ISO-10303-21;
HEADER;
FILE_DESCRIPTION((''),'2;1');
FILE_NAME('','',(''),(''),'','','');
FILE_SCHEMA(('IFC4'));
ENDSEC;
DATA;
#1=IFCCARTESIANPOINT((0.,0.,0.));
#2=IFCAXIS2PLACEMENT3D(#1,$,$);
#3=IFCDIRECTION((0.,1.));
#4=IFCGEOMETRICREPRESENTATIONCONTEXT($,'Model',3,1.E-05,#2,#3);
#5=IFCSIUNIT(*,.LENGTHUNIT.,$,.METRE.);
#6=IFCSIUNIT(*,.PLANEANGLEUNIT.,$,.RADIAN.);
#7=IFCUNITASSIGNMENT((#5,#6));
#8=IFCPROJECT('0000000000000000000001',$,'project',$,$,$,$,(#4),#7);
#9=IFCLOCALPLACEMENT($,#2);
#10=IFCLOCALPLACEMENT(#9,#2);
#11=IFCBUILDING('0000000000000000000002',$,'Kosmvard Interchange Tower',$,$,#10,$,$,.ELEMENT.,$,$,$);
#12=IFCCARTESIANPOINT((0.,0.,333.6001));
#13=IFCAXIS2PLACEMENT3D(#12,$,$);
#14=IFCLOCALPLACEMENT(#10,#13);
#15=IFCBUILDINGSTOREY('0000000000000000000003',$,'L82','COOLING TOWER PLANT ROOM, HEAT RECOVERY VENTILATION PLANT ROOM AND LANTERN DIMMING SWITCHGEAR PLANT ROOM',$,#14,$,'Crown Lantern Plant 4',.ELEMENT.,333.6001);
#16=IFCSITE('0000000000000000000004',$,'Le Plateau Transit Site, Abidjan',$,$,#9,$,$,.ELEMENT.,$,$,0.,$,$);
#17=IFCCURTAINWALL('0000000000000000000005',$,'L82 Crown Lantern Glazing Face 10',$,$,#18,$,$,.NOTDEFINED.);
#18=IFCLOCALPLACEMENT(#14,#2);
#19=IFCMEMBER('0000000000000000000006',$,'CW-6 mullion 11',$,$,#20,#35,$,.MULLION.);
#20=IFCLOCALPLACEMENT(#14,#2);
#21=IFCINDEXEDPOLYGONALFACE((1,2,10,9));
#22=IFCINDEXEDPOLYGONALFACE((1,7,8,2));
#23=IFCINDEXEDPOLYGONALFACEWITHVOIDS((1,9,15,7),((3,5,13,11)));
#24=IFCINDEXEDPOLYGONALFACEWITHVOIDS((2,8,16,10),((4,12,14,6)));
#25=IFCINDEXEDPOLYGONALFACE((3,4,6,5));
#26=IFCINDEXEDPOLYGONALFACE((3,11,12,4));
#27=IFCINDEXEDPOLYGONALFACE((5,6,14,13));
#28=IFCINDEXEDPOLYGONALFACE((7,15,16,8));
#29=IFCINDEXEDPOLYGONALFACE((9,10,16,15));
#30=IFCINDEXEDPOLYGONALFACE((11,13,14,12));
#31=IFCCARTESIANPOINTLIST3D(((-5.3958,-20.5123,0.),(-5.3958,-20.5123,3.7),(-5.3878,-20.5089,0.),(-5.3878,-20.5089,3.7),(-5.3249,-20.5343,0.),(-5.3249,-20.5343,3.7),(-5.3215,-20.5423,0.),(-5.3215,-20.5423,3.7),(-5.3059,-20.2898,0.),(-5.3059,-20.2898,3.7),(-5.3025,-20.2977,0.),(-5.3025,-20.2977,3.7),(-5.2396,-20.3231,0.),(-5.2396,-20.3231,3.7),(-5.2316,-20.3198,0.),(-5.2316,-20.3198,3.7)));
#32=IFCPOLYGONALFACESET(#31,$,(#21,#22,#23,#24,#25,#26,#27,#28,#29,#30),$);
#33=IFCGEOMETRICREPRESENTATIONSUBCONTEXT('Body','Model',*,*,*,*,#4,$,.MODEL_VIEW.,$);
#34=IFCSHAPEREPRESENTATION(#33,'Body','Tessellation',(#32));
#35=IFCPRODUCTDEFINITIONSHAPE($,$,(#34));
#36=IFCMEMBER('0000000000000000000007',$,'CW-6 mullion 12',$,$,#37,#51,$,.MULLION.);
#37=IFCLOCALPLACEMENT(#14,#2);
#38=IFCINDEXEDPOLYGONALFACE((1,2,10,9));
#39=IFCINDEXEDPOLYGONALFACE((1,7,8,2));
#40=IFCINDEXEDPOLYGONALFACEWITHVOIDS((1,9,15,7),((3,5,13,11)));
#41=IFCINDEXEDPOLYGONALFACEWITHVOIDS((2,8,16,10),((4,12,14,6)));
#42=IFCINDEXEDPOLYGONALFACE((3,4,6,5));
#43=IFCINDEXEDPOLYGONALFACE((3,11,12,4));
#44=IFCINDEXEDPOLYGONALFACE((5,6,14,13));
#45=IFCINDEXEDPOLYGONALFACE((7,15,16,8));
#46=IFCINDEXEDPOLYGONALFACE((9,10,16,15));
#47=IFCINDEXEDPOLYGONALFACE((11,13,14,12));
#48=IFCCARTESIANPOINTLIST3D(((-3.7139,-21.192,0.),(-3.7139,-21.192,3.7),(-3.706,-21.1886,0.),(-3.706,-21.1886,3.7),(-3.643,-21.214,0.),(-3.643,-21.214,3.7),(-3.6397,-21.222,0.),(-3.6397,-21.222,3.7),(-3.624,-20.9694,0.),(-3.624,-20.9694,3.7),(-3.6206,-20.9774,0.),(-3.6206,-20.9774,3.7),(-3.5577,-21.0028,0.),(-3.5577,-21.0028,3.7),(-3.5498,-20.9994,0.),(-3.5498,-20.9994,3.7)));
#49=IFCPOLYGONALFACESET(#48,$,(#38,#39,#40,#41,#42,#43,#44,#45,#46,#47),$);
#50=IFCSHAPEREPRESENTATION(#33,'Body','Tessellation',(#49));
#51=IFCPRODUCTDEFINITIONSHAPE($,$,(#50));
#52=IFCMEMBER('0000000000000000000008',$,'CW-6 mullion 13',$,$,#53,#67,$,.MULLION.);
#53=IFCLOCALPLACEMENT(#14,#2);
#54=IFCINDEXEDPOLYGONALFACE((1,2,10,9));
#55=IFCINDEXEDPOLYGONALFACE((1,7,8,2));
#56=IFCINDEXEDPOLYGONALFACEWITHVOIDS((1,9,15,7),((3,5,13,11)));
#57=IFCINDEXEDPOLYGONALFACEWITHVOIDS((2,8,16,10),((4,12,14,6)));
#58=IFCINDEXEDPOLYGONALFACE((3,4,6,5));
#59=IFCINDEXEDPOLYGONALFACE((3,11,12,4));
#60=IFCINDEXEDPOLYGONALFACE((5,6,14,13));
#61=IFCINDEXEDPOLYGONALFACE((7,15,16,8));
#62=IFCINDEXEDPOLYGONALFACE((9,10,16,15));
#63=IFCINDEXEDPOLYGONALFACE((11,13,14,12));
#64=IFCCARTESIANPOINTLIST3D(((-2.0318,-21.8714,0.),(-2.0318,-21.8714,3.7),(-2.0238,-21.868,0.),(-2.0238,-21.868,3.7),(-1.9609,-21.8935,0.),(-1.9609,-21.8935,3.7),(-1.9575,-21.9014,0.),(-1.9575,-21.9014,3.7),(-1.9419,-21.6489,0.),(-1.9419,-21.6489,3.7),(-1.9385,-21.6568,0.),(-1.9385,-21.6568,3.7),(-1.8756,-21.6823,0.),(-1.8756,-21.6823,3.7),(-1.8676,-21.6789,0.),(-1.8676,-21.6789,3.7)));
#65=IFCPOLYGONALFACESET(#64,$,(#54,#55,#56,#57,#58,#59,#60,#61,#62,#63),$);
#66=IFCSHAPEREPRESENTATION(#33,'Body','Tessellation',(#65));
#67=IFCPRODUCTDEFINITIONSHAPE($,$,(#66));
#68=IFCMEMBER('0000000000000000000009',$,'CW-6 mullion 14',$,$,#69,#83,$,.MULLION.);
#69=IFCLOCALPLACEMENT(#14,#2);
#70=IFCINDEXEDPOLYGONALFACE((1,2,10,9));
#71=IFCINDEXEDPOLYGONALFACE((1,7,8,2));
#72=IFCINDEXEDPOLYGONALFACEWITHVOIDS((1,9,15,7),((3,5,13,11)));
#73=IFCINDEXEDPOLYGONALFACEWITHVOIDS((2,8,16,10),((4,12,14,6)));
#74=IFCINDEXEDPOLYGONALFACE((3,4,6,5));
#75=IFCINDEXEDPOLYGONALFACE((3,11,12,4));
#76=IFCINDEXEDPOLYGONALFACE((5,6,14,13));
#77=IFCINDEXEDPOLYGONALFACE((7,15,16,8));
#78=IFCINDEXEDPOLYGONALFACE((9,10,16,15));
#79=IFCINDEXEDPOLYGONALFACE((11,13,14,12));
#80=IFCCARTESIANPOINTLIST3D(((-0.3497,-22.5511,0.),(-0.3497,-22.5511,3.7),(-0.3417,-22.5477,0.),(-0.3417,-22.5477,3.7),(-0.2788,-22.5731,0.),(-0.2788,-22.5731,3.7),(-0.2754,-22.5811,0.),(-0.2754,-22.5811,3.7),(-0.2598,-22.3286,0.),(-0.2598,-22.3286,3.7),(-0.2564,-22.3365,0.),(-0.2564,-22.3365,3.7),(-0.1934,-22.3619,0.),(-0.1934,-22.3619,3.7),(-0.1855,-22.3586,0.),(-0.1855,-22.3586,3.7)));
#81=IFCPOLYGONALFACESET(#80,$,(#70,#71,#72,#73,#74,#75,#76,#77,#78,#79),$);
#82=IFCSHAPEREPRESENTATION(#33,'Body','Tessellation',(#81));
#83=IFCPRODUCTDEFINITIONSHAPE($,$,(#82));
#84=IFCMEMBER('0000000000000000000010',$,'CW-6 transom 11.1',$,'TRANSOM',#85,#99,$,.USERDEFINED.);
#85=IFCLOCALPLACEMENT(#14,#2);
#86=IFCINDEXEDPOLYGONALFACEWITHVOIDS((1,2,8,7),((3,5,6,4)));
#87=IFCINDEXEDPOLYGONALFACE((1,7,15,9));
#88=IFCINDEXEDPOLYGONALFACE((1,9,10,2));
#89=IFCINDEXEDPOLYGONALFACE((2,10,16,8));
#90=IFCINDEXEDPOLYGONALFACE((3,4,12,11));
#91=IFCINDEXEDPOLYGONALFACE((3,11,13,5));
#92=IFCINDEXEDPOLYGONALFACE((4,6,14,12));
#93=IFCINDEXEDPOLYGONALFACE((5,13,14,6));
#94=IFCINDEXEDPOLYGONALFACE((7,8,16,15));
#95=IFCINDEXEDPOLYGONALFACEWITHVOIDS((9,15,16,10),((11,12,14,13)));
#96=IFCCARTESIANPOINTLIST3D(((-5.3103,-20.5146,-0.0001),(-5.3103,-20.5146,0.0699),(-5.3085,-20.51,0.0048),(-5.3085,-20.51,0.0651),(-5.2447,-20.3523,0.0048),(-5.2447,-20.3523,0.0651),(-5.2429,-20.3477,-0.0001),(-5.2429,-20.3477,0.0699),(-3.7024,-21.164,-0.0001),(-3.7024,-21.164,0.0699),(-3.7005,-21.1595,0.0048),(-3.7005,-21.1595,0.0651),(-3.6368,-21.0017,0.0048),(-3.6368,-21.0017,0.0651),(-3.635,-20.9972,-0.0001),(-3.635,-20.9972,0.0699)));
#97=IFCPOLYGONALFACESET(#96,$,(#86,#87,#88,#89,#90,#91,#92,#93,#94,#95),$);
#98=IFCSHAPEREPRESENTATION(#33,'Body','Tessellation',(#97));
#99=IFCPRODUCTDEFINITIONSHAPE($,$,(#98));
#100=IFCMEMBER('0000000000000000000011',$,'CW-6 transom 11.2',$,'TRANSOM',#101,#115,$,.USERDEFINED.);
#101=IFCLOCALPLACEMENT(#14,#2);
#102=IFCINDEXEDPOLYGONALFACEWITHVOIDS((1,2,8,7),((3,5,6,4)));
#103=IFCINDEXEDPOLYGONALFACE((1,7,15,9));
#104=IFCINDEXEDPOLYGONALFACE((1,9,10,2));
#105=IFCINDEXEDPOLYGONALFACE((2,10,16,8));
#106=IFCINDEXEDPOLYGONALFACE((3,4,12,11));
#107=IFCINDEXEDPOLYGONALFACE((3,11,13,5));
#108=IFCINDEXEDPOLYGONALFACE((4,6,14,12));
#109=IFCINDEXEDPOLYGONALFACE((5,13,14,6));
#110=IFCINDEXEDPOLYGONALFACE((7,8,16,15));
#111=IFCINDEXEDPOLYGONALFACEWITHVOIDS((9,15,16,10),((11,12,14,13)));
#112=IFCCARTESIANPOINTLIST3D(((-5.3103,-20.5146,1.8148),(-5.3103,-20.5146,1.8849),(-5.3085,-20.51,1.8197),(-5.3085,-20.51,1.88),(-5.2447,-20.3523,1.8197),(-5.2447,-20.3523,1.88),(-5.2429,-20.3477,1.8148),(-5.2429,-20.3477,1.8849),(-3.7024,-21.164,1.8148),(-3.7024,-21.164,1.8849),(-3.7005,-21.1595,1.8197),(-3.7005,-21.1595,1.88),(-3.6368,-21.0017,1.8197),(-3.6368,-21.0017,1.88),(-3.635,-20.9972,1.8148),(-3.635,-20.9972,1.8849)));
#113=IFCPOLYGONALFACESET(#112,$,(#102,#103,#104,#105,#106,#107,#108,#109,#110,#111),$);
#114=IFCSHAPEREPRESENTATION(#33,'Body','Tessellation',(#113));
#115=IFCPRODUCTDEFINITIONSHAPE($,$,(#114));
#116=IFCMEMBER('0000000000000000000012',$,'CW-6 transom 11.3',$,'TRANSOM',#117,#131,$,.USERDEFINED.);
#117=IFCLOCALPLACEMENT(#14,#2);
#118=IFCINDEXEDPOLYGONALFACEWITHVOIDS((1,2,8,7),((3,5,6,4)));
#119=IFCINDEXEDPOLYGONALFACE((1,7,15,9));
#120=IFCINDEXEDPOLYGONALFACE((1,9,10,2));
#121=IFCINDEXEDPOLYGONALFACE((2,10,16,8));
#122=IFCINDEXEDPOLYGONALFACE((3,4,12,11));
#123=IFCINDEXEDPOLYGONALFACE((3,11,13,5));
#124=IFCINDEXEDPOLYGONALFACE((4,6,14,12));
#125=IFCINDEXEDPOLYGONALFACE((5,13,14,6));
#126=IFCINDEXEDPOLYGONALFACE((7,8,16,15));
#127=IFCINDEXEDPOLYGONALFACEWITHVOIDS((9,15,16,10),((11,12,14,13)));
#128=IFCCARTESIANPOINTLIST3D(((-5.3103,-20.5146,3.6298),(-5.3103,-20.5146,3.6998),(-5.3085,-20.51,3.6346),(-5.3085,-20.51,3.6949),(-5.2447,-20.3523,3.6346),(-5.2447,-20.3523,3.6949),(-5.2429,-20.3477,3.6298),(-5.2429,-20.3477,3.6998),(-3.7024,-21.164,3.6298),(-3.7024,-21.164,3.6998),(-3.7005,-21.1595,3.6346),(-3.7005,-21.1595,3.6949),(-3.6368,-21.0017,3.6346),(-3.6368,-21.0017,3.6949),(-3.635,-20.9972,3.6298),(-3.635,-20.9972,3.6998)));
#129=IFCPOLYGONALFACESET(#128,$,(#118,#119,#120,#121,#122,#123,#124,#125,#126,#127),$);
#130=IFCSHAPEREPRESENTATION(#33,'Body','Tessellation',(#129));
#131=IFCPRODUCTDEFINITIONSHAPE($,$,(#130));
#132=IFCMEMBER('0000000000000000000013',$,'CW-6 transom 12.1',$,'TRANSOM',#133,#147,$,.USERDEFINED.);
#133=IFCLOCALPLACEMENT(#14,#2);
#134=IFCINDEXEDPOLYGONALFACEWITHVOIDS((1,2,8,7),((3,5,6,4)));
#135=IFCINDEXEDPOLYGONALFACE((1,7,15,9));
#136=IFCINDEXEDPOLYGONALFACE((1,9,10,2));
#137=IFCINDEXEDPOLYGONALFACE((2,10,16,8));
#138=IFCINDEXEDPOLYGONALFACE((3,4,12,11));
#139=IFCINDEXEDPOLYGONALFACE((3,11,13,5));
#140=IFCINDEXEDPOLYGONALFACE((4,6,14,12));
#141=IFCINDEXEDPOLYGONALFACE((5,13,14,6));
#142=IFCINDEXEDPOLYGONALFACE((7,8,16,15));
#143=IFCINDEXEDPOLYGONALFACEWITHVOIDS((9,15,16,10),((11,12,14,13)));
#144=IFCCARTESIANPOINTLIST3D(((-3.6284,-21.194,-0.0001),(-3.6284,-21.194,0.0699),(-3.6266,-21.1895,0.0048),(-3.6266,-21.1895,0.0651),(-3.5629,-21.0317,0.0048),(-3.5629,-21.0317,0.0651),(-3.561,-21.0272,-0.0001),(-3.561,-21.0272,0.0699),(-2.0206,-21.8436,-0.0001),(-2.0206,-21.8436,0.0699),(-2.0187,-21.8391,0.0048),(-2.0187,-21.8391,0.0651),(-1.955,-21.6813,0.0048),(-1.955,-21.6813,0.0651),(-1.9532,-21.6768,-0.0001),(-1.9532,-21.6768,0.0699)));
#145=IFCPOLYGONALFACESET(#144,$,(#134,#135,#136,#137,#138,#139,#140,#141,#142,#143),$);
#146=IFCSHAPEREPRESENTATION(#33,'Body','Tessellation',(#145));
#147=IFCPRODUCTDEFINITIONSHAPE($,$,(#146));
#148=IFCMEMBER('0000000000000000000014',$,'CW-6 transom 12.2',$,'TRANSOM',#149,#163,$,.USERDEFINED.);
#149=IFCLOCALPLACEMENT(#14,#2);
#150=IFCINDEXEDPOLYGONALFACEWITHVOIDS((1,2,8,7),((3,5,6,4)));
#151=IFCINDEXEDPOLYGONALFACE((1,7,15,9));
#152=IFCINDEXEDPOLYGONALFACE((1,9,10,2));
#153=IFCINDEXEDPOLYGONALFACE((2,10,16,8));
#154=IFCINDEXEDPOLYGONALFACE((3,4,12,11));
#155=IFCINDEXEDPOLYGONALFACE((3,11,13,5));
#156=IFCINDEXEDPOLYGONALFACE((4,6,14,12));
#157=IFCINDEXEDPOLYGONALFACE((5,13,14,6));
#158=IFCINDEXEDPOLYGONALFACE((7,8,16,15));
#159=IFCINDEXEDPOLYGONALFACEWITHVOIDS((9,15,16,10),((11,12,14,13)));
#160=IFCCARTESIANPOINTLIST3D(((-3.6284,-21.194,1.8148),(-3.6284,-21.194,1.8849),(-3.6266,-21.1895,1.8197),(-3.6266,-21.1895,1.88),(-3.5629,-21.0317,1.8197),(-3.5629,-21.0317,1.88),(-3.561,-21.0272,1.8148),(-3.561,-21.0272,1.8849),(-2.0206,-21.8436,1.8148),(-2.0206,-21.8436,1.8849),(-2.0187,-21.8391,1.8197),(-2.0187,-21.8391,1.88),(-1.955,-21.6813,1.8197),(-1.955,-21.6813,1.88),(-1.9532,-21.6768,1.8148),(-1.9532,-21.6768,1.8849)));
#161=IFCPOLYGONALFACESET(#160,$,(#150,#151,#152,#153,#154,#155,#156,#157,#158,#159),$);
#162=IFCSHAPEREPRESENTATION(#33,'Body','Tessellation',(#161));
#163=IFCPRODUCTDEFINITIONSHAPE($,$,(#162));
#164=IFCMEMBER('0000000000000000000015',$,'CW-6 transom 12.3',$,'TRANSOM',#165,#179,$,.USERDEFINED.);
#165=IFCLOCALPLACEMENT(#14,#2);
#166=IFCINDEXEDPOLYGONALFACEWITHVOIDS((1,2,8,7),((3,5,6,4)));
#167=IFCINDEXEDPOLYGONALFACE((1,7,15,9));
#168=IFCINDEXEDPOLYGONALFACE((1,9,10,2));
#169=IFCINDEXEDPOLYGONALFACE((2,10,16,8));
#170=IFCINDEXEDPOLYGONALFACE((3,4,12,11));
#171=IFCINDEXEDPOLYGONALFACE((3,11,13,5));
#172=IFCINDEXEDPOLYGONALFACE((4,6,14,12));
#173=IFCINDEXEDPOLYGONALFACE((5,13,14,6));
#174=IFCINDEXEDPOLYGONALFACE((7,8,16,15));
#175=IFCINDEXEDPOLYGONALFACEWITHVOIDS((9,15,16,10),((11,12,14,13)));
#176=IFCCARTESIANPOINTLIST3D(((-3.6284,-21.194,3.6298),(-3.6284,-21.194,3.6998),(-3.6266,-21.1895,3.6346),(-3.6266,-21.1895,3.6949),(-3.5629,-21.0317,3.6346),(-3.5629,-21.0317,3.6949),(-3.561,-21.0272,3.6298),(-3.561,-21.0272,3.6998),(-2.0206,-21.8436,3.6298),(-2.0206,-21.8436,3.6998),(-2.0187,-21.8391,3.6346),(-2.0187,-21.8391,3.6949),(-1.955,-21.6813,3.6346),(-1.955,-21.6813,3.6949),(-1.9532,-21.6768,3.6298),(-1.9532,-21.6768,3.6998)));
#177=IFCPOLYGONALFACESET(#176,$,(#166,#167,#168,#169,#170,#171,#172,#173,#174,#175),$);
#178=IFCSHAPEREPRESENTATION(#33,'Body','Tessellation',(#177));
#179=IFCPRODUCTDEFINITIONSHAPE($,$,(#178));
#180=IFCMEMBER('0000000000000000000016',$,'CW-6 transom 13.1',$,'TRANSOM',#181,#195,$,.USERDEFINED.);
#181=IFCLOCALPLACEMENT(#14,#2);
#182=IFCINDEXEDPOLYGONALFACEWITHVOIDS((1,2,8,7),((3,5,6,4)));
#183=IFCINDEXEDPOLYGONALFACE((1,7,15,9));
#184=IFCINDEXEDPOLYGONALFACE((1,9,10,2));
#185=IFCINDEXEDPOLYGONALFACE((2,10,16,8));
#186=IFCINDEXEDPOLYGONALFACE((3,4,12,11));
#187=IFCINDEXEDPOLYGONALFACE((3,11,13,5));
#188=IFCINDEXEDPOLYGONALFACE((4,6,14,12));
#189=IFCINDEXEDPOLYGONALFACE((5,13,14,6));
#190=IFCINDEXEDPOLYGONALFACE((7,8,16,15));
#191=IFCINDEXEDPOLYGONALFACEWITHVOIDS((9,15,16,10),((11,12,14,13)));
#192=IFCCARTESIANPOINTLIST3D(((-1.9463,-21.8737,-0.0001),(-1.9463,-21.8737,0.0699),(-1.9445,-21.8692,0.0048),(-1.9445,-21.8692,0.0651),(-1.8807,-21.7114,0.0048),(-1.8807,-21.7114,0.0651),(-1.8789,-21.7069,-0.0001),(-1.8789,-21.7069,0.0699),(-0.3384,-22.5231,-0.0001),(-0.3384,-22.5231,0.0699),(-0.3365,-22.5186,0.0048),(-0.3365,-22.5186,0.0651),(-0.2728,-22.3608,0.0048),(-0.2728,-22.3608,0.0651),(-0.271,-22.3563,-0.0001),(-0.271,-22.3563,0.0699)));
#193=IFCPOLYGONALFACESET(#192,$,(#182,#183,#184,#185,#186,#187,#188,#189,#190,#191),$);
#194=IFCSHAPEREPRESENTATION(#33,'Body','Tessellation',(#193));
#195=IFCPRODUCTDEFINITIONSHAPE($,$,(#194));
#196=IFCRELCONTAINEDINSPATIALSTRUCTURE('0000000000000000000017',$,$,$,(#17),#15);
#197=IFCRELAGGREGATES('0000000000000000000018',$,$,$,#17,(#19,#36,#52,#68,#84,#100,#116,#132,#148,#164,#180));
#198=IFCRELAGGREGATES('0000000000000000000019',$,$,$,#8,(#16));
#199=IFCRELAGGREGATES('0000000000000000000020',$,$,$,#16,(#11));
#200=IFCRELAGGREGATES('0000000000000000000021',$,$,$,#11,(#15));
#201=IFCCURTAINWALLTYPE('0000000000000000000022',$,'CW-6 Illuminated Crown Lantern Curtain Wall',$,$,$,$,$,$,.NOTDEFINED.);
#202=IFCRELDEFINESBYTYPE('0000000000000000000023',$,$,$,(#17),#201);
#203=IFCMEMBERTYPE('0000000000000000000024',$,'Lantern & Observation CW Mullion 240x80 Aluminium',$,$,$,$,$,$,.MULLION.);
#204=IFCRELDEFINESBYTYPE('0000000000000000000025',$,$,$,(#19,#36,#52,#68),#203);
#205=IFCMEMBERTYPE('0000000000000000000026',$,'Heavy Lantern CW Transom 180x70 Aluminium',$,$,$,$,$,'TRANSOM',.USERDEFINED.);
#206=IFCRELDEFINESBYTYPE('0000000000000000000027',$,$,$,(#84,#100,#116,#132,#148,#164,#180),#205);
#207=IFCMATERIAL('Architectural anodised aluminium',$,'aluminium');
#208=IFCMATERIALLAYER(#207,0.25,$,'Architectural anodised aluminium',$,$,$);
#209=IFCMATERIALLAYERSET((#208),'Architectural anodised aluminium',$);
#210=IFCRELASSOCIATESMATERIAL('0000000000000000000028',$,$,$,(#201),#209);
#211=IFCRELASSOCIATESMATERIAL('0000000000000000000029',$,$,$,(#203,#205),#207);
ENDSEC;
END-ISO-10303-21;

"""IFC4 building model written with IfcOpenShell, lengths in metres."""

from ifc_helpers import new_model, si_unit, direction, frame, origin, origin_2d, place, context, subcontext, project, spatial, hollow_rectangle, extrude, source, transform, mapped, material, layer, layer_set, material_profile, profile_set, type_object, element, aggregate, save


model = new_model("IFC4")

# Units and contexts
model_context = context("Model", 3, precision=1e-05, world=origin(), true_north=direction((0.0, 1.0)))
body_context = subcontext(model_context, "Body", "Model", "MODEL_VIEW")
ifc_project = project(units=[si_unit("LENGTHUNIT", "METRE"), si_unit("PLANEANGLEUNIT", "RADIAN")], contexts=[model_context])

# Site, building, storey
site_placement = place(None, origin())
site = spatial("IfcSite", under=ifc_project, at=site_placement, Name="Le Plateau Transit Site, Abidjan", CompositionType="ELEMENT", RefElevation=0.0)
building_placement = place(site_placement, origin())
building = spatial("IfcBuilding", under=site, at=building_placement, Name="Kosmvard Interchange Tower", CompositionType="ELEMENT")
storey_placement = place(building_placement, frame((0.0, 0.0, 333.6001)))
storey = spatial("IfcBuildingStorey", under=building, at=storey_placement, Name="L82", Description="COOLING TOWER PLANT ROOM, HEAT RECOVERY VENTILATION PLANT ROOM AND LANTERN DIMMING SWITCHGEAR PLANT ROOM", LongName="Crown Lantern Plant 4", CompositionType="ELEMENT", Elevation=333.6001)

# Curtain wall, members
ifc_material_1 = material(Name="Architectural anodised aluminium", Category="aluminium")
ifc_layer_1 = layer(ifc_material_1, 0.25, Name="Architectural anodised aluminium")
ifc_layer_set_1 = layer_set([ifc_layer_1], Name="Architectural anodised aluminium")
curtain_wall_type = type_object("IfcCurtainWallType", Name="CW-6 Illuminated Crown Lantern Curtain Wall", PredefinedType="NOTDEFINED", material=ifc_layer_set_1)
curtain_wall_placement = place(storey_placement, origin())
curtain_wall = element("IfcCurtainWall", 1, at=curtain_wall_placement, inside=storey, type_object=curtain_wall_type, Name="L82 Crown Lantern Glazing Face 10", PredefinedType="NOTDEFINED")
ifc_material_profile_1 = material_profile(ifc_material_1, hollow_rectangle(XDim=0.24, YDim=0.0801, WallThickness=0.0061, at=origin_2d()), Name="CWM 240x80x6")
ifc_profile_set_1 = profile_set([ifc_material_profile_1], Name="Architectural anodised aluminium")
member_type_1 = type_object("IfcMemberType", Name="Lantern & Observation CW Mullion 240x80 Aluminium", PredefinedType="MULLION", material=ifc_profile_set_1)
shared_shape_1 = source(origin(), body_context, "Body", "SweptSolid", [
    extrude(hollow_rectangle(XDim=0.24, YDim=0.0801, WallThickness=0.0061, at=origin_2d()), origin(), (0.0, 0.0, 1.0), 3.7),
])
member_1_placement = place(storey_placement, frame((-5.3137, -20.416, 0.0), z_axis=(0.0, 0.0, 1.0), x_axis=(0.374607, 0.927184, 0.0)))
member_1 = element("IfcMember", 2, at=member_1_placement, type_object=member_type_1, Name="CW-6 mullion 11", PredefinedType="MULLION", context=body_context, shape_type="MappedRepresentation", body=[
    mapped(shared_shape_1, transform((0.0, 0.0, 0.0), scale=1.0)),
])
member_2_placement = place(storey_placement, frame((-3.6318, -21.0957, 0.0), z_axis=(0.0, 0.0, 1.0), x_axis=(0.374607, 0.927184, 0.0)))
member_2 = element("IfcMember", 3, at=member_2_placement, type_object=member_type_1, Name="CW-6 mullion 12", PredefinedType="MULLION", context=body_context, shape_type="MappedRepresentation", body=[
    mapped(shared_shape_1, transform((0.0, 0.0, 0.0), scale=1.0)),
])
member_3_placement = place(storey_placement, frame((-1.9497, -21.7751, 0.0), z_axis=(0.0, 0.0, 1.0), x_axis=(0.374607, 0.927184, 0.0)))
member_3 = element("IfcMember", 4, at=member_3_placement, type_object=member_type_1, Name="CW-6 mullion 13", PredefinedType="MULLION", context=body_context, shape_type="MappedRepresentation", body=[
    mapped(shared_shape_1, transform((0.0, 0.0, 0.0), scale=1.0)),
])
member_4_placement = place(storey_placement, frame((-0.2676, -22.4548, 0.0), z_axis=(0.0, 0.0, 1.0), x_axis=(0.374607, 0.927184, 0.0)))
member_4 = element("IfcMember", 5, at=member_4_placement, type_object=member_type_1, Name="CW-6 mullion 14", PredefinedType="MULLION", context=body_context, shape_type="MappedRepresentation", body=[
    mapped(shared_shape_1, transform((0.0, 0.0, 0.0), scale=1.0)),
])
ifc_material_profile_2 = material_profile(ifc_material_1, hollow_rectangle(XDim=0.1799, YDim=0.0701, WallThickness=0.0049, at=origin_2d()), Name="CWT 180x70x5")
ifc_profile_set_2 = profile_set([ifc_material_profile_2], Name="Architectural anodised aluminium")
member_type_2 = type_object("IfcMemberType", Name="Heavy Lantern CW Transom 180x70 Aluminium", ElementType="TRANSOM", PredefinedType="USERDEFINED", material=ifc_profile_set_2)
shared_shape_2 = source(origin(), body_context, "Body", "SweptSolid", [
    extrude(hollow_rectangle(XDim=0.1799, YDim=0.0701, WallThickness=0.0049, at=origin_2d()), origin(), (0.0, 0.0, 1.0), 1.7341),
])
member_5_placement = place(storey_placement, frame((-5.2766, -20.4312, 0.0349), z_axis=(0.927229, -0.374496, 0.0), x_axis=(0.374496, 0.927229, 0.0)))
member_5 = element("IfcMember", 6, at=member_5_placement, type_object=member_type_2, Name="CW-6 transom 11.1", ObjectType="TRANSOM", PredefinedType="USERDEFINED", context=body_context, shape_type="MappedRepresentation", body=[
    mapped(shared_shape_2, transform((0.0, 0.0, 0.0), scale=1.0)),
])
member_6_placement = place(storey_placement, frame((-5.2766, -20.4312, 1.8499), z_axis=(0.927229, -0.374496, 0.0), x_axis=(0.374496, 0.927229, 0.0)))
member_6 = element("IfcMember", 7, at=member_6_placement, type_object=member_type_2, Name="CW-6 transom 11.2", ObjectType="TRANSOM", PredefinedType="USERDEFINED", context=body_context, shape_type="MappedRepresentation", body=[
    mapped(shared_shape_2, transform((0.0, 0.0, 0.0), scale=1.0)),
])
member_7_placement = place(storey_placement, frame((-5.2766, -20.4312, 3.6648), z_axis=(0.927229, -0.374496, 0.0), x_axis=(0.374496, 0.927229, 0.0)))
member_7 = element("IfcMember", 8, at=member_7_placement, type_object=member_type_2, Name="CW-6 transom 11.3", ObjectType="TRANSOM", PredefinedType="USERDEFINED", context=body_context, shape_type="MappedRepresentation", body=[
    mapped(shared_shape_2, transform((0.0, 0.0, 0.0), scale=1.0)),
])
member_8_placement = place(storey_placement, frame((-3.5947, -21.1106, 0.0349), z_axis=(0.92718, -0.374617, 0.0), x_axis=(0.374617, 0.92718, 0.0)))
member_8 = element("IfcMember", 9, at=member_8_placement, type_object=member_type_2, Name="CW-6 transom 12.1", ObjectType="TRANSOM", PredefinedType="USERDEFINED", context=body_context, shape_type="MappedRepresentation", body=[
    mapped(shared_shape_2, transform((0.0, 0.0, 0.0), scale=1.0)),
])
member_9_placement = place(storey_placement, frame((-3.5947, -21.1106, 1.8499), z_axis=(0.92718, -0.374617, 0.0), x_axis=(0.374617, 0.92718, 0.0)))
member_9 = element("IfcMember", 10, at=member_9_placement, type_object=member_type_2, Name="CW-6 transom 12.2", ObjectType="TRANSOM", PredefinedType="USERDEFINED", context=body_context, shape_type="MappedRepresentation", body=[
    mapped(shared_shape_2, transform((0.0, 0.0, 0.0), scale=1.0)),
])
member_10_placement = place(storey_placement, frame((-3.5947, -21.1106, 3.6648), z_axis=(0.92718, -0.374617, 0.0), x_axis=(0.374617, 0.92718, 0.0)))
member_10 = element("IfcMember", 11, at=member_10_placement, type_object=member_type_2, Name="CW-6 transom 12.3", ObjectType="TRANSOM", PredefinedType="USERDEFINED", context=body_context, shape_type="MappedRepresentation", body=[
    mapped(shared_shape_2, transform((0.0, 0.0, 0.0), scale=1.0)),
])
member_11_placement = place(storey_placement, frame((-1.9126, -21.7903, 0.0349), z_axis=(0.927229, -0.374496, 0.0), x_axis=(0.374496, 0.927229, 0.0)))
member_11 = element("IfcMember", 12, at=member_11_placement, type_object=member_type_2, Name="CW-6 transom 13.1", ObjectType="TRANSOM", PredefinedType="USERDEFINED", context=body_context, shape_type="MappedRepresentation", body=[
    mapped(shared_shape_2, transform((0.0, 0.0, 0.0), scale=1.0)),
])
aggregate(curtain_wall, [member_1, member_2, member_3, member_4, member_5, member_6, member_7, member_8, member_9, member_10, member_11])

save(model, "model.ifc")
